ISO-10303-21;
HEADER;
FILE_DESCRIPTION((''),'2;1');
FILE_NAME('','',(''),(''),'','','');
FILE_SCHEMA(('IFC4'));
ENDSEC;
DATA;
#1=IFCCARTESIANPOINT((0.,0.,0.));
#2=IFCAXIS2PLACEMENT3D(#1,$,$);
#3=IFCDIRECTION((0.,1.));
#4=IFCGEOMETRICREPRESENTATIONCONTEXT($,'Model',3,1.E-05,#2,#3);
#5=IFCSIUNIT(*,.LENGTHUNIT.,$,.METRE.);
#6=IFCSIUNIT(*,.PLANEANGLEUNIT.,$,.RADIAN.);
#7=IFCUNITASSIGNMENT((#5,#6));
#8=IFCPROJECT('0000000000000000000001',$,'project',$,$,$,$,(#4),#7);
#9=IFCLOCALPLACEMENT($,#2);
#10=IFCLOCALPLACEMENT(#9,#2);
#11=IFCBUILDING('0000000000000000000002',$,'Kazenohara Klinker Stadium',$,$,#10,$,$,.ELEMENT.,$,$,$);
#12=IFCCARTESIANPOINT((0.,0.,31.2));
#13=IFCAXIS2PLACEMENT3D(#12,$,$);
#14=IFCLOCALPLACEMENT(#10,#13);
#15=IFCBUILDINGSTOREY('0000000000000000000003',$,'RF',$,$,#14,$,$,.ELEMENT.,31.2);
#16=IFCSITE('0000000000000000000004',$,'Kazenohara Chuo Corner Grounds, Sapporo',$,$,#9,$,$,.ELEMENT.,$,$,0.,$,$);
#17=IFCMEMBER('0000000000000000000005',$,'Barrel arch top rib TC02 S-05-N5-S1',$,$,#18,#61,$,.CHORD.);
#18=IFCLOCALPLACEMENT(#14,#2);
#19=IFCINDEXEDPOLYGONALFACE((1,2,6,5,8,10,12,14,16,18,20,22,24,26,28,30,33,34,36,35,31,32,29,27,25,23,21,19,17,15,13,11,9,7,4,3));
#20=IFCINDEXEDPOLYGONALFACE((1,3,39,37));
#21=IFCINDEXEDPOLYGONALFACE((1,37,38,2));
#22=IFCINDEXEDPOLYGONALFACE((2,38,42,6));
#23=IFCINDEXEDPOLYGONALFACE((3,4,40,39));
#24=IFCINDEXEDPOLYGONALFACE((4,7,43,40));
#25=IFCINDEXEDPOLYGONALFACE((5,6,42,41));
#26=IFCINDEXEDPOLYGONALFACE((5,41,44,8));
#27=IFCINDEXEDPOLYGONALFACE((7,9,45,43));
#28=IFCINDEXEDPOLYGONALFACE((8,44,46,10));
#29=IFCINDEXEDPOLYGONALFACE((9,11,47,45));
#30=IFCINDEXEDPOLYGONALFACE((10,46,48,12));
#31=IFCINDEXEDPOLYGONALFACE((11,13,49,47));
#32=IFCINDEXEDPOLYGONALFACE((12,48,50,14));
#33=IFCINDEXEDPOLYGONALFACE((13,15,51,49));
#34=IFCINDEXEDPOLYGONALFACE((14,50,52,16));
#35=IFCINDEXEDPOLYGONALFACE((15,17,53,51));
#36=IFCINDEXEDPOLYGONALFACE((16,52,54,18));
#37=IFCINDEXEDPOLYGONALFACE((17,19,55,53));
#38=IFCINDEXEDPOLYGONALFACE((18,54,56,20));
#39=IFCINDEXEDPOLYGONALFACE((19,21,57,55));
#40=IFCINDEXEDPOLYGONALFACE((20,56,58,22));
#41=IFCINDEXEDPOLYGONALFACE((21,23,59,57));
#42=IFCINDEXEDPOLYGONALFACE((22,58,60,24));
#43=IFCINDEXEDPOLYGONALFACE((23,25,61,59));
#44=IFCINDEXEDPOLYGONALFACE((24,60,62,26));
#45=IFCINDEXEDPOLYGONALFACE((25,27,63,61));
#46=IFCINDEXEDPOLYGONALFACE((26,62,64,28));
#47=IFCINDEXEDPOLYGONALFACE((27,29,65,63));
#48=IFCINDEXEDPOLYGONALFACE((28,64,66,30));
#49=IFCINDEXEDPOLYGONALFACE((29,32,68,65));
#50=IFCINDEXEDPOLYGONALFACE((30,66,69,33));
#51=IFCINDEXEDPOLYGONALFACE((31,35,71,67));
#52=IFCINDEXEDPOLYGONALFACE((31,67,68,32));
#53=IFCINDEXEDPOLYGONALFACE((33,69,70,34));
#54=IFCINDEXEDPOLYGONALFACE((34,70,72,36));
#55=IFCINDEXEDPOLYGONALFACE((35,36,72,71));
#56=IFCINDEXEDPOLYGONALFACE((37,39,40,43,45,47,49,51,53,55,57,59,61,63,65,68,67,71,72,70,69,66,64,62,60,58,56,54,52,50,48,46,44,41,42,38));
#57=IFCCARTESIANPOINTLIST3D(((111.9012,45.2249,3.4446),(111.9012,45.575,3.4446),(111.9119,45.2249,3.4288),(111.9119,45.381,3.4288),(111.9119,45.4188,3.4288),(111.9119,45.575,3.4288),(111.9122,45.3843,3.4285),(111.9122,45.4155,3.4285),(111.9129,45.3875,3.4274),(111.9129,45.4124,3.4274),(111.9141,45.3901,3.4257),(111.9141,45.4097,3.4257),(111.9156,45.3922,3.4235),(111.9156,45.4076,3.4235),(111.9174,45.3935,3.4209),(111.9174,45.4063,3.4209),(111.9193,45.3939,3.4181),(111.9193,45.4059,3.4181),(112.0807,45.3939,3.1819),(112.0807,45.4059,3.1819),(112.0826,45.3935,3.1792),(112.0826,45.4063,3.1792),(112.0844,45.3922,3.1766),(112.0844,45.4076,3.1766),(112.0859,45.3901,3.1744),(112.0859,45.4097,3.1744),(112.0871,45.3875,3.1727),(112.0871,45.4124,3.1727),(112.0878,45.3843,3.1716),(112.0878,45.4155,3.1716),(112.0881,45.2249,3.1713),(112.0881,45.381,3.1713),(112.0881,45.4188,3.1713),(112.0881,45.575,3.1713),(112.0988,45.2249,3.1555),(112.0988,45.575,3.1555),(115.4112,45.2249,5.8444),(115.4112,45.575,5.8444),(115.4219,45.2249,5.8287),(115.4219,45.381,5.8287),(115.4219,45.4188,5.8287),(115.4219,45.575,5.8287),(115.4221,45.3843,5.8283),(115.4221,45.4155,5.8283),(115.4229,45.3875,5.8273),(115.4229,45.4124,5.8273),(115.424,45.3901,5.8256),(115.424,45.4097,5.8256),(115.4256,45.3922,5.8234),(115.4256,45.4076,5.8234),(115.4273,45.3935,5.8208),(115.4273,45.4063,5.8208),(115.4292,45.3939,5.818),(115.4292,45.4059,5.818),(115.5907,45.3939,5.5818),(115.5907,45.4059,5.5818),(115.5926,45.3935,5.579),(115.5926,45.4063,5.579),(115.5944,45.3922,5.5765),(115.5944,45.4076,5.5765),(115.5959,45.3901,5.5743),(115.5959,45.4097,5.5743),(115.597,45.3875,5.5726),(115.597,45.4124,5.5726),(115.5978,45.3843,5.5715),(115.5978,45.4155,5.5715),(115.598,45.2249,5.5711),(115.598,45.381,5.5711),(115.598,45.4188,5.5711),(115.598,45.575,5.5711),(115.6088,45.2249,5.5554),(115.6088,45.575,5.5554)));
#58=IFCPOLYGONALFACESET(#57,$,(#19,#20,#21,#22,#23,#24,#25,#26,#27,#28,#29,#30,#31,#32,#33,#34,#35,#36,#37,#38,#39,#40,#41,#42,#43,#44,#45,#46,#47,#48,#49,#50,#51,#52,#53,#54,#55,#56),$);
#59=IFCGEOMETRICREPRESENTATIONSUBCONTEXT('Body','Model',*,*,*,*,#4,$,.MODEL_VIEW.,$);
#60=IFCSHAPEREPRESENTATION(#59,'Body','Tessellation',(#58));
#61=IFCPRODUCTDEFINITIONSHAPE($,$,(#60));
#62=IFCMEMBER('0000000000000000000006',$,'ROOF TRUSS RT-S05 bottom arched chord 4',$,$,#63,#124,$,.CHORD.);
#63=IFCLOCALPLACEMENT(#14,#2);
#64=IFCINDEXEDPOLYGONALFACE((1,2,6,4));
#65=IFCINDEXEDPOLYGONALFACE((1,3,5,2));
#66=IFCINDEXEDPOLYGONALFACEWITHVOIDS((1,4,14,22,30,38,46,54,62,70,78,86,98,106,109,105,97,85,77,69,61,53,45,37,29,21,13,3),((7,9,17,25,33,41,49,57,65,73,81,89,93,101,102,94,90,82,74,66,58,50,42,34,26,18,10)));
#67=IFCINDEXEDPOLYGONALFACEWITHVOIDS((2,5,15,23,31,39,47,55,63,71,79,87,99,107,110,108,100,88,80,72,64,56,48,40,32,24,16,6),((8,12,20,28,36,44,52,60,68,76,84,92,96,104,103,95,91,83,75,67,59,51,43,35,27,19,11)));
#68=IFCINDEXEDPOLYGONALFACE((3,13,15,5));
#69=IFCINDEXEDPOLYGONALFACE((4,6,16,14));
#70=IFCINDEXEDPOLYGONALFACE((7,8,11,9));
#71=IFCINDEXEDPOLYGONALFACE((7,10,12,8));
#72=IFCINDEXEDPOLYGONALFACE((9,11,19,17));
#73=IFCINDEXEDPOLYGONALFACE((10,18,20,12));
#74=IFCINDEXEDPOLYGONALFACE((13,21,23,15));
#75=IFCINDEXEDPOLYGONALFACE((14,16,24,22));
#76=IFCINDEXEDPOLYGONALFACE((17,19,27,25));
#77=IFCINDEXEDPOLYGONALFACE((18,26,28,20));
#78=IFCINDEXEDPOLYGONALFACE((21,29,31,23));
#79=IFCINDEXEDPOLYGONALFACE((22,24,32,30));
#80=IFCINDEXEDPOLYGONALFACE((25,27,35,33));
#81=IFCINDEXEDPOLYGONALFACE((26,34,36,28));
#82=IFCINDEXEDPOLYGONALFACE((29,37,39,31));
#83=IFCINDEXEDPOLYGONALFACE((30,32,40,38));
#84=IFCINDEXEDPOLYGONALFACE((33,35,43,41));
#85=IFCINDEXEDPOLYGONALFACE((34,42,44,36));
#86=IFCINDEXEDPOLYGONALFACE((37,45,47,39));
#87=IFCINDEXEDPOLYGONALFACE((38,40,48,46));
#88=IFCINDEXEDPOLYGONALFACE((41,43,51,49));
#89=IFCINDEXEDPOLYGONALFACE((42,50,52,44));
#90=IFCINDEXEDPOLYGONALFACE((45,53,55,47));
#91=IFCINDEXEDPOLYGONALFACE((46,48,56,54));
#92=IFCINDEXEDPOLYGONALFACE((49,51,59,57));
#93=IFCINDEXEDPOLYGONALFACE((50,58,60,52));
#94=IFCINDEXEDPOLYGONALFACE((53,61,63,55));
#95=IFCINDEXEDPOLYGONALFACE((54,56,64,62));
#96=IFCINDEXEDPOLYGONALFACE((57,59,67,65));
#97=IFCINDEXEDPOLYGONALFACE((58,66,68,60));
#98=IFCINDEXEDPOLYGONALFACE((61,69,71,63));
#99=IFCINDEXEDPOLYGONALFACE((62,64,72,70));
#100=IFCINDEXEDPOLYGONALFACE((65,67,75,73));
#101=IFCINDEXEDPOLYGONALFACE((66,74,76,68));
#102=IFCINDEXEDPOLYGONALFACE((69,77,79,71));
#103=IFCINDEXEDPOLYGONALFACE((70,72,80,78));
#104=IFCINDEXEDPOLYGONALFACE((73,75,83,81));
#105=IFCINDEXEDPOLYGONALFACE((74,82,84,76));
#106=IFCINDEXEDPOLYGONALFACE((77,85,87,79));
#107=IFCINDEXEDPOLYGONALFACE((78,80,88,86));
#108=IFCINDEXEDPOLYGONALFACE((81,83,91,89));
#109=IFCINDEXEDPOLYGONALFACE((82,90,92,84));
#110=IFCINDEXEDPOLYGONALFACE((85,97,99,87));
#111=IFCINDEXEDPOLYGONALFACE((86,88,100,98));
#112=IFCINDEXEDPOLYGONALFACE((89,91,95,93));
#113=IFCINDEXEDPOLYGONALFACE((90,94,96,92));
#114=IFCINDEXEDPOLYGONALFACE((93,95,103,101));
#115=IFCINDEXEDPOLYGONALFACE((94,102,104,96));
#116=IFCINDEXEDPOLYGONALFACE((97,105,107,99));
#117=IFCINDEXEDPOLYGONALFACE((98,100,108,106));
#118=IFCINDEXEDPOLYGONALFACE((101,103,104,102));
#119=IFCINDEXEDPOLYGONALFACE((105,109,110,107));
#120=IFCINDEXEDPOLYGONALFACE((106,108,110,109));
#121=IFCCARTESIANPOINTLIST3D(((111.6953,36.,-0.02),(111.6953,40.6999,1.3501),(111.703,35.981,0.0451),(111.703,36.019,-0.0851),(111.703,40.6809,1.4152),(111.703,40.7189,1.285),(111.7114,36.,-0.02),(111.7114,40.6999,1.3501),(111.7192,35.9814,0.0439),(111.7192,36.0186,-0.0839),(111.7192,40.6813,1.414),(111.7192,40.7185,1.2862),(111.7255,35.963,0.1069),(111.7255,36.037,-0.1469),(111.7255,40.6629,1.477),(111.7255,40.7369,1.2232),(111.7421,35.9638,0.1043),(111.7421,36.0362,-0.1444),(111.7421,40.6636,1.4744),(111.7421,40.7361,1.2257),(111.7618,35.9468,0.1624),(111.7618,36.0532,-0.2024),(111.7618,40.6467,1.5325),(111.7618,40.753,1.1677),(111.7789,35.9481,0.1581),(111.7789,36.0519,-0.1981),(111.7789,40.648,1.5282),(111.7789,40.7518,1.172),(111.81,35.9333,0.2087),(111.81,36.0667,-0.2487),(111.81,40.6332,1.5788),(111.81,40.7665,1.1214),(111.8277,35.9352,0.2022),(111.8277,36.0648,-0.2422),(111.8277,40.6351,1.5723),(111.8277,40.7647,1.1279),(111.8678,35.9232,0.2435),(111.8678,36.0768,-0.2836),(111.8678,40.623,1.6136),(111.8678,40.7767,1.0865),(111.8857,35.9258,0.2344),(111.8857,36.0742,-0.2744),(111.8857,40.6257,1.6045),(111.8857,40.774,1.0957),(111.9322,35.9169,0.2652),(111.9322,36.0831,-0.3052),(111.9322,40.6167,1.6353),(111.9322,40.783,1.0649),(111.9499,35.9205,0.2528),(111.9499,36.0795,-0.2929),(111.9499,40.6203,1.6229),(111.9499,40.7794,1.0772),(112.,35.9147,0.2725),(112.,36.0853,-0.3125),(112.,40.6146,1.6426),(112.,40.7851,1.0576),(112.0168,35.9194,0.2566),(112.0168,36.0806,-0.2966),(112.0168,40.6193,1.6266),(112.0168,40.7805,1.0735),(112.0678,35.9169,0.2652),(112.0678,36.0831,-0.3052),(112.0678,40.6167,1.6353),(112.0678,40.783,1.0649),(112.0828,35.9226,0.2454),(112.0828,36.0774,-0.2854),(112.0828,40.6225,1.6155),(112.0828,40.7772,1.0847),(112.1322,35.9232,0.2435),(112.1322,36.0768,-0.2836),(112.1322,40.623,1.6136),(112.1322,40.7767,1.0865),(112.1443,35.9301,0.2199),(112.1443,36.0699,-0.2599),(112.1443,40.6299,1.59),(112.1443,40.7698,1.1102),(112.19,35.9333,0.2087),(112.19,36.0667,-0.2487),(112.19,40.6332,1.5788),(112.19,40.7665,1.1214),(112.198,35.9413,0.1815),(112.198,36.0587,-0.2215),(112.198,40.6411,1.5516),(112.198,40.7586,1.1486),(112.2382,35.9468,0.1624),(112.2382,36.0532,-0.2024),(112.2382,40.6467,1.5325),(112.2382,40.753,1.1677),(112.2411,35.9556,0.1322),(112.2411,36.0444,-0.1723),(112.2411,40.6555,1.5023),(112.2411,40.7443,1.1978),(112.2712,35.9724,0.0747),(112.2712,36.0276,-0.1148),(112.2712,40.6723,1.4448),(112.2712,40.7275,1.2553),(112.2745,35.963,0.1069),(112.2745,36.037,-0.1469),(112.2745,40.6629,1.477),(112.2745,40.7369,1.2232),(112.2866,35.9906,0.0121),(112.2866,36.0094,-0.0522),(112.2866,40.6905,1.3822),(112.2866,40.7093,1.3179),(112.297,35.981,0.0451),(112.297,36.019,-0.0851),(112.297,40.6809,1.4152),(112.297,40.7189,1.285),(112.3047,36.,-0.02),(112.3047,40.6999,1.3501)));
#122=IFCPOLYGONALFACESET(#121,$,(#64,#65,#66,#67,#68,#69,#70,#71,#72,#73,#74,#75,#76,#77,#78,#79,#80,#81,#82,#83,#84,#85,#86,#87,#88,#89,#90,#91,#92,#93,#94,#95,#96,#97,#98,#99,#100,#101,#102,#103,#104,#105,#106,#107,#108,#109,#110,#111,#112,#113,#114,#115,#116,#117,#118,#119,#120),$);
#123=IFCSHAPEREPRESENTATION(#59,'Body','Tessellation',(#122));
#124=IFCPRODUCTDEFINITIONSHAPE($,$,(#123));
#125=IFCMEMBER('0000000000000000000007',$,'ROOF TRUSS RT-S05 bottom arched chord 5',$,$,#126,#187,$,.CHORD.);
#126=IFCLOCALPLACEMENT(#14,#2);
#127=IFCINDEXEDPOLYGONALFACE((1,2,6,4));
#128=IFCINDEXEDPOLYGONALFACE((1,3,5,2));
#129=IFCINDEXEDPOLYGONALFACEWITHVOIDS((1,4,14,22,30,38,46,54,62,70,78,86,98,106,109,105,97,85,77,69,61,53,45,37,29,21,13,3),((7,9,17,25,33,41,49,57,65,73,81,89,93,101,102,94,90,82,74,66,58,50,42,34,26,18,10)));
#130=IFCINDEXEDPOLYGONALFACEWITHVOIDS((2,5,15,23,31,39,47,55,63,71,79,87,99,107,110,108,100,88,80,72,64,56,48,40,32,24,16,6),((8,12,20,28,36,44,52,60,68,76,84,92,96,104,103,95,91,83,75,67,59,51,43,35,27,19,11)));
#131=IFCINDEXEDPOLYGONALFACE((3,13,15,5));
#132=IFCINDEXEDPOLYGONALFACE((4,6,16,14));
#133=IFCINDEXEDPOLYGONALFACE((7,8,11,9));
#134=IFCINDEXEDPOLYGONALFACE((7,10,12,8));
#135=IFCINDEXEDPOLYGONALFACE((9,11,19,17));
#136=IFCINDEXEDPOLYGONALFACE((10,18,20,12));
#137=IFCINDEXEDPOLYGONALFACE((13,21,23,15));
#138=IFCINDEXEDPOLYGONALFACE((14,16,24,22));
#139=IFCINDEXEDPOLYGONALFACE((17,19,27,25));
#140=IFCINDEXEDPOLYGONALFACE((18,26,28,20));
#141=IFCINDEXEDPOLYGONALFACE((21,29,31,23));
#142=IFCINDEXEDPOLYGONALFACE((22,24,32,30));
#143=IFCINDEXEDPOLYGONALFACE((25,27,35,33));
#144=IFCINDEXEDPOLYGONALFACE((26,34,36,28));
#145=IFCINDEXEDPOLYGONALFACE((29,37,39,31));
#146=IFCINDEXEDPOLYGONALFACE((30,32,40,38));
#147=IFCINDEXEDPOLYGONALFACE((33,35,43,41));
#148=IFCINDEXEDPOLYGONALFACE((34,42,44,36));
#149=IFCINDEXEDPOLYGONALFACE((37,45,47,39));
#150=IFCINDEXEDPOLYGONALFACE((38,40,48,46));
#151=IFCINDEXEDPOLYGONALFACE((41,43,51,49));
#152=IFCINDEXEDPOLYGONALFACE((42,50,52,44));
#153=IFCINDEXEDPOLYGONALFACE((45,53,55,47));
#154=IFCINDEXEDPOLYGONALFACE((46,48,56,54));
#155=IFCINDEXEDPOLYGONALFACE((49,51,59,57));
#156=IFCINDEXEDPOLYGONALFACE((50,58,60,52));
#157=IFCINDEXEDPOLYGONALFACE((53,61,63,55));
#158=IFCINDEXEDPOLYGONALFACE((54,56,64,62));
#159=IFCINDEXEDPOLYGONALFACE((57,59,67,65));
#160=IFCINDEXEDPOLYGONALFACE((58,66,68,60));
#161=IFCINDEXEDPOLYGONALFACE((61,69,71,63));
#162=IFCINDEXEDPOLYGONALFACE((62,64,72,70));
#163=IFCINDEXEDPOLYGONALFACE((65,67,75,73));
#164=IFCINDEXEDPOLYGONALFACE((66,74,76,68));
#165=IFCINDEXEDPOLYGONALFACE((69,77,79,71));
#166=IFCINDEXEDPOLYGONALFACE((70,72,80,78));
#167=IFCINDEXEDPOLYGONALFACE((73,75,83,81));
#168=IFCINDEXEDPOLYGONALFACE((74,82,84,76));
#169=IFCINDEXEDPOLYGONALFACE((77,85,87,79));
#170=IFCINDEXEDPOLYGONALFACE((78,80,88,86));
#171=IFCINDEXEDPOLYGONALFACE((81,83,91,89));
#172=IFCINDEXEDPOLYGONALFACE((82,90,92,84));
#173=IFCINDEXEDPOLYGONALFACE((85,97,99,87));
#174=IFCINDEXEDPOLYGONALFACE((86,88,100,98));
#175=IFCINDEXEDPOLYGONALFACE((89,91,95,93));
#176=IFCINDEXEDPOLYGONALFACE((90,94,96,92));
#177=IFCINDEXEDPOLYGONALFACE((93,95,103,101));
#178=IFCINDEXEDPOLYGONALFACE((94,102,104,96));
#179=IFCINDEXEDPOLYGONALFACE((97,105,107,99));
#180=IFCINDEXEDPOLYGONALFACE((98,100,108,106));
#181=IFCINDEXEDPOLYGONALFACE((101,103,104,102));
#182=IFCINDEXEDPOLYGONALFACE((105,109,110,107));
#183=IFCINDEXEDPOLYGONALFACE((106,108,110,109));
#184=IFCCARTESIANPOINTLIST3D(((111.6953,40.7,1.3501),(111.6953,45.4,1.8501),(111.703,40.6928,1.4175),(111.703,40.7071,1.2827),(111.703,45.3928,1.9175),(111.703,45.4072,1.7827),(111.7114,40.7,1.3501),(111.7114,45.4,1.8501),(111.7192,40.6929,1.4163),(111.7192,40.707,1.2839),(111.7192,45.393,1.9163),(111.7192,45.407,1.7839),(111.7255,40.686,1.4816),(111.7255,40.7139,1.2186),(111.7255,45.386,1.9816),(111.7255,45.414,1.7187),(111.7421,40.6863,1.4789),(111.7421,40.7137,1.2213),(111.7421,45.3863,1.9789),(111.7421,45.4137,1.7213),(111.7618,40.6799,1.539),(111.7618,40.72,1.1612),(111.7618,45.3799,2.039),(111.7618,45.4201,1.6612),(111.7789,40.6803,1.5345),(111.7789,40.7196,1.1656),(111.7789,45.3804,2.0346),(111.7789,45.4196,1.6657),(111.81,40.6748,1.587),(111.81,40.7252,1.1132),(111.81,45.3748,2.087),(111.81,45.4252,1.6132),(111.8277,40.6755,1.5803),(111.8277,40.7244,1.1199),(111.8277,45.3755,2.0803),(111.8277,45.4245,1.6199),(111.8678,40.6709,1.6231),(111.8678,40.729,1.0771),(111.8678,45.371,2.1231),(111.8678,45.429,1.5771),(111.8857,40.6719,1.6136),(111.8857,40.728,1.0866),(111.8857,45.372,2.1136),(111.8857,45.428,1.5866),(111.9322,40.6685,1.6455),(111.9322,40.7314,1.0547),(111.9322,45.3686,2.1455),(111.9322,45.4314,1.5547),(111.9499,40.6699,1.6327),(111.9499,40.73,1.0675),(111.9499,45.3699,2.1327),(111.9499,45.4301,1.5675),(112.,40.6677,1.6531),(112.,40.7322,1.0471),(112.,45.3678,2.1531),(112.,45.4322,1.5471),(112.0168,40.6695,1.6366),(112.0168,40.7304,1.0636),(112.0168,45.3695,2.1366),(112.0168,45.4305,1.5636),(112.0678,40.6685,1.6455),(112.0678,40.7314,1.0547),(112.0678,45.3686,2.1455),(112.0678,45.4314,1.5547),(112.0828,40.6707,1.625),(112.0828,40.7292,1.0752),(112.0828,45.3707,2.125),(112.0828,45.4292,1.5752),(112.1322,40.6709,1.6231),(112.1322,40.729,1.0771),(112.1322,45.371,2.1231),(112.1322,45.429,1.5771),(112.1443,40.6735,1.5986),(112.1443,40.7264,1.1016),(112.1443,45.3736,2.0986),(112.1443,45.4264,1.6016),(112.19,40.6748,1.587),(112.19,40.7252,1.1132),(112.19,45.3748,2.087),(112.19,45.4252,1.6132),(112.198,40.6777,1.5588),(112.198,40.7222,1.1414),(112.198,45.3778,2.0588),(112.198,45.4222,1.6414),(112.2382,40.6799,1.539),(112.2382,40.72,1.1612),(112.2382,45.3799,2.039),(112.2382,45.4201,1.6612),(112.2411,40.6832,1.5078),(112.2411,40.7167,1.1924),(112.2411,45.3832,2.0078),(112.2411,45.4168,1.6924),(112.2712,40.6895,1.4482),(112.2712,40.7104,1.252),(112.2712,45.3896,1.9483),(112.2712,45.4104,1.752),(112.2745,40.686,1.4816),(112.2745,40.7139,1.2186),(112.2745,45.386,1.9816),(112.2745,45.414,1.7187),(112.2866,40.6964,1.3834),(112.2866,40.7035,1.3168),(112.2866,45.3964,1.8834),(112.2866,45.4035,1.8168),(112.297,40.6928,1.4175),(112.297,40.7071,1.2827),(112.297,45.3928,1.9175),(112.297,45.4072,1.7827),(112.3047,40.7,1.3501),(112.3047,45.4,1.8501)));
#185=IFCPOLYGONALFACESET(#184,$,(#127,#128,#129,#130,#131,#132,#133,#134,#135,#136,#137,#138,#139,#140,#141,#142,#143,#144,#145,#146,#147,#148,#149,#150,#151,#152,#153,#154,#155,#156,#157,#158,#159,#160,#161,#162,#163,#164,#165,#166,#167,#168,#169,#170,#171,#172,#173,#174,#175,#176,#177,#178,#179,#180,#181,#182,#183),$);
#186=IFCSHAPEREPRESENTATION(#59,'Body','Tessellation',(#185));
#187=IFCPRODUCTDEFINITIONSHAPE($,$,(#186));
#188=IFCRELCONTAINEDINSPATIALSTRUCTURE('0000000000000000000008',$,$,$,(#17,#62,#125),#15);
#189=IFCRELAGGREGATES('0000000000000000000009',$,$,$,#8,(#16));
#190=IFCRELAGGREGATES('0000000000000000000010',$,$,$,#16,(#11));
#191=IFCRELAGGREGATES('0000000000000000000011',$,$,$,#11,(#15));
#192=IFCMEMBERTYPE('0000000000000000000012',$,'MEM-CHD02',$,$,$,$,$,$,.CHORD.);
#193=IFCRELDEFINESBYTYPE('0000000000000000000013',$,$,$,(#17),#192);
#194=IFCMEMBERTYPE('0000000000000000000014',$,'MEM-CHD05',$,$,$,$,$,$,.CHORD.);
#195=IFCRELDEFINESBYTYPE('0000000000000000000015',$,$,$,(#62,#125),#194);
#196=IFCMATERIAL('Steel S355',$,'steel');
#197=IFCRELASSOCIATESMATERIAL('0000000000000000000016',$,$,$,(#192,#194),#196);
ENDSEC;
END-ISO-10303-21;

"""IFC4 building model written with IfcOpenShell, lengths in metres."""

from ifc_helpers import new_model, si_unit, direction, frame, origin, origin_2d, place, context, subcontext, project, spatial, hollow_circle, i_section, extrude, material, material_profile, profile_set, type_object, element, save


model = new_model("IFC4")

# Units and contexts
model_context = context("Model", 3, precision=1e-05, world=origin(), true_north=direction((0.0, 1.0)))
body_context = subcontext(model_context, "Body", "Model", "MODEL_VIEW")
ifc_project = project(units=[si_unit("LENGTHUNIT", "METRE"), si_unit("PLANEANGLEUNIT", "RADIAN")], contexts=[model_context])

# Site, building, storey
site_placement = place(None, origin())
site = spatial("IfcSite", under=ifc_project, at=site_placement, Name="Kazenohara Chuo Corner Grounds, Sapporo", CompositionType="ELEMENT", RefElevation=0.0)
building_placement = place(site_placement, origin())
building = spatial("IfcBuilding", under=site, at=building_placement, Name="Kazenohara Klinker Stadium", CompositionType="ELEMENT")
storey_placement = place(building_placement, frame((0.0, 0.0, 31.2)))
storey = spatial("IfcBuildingStorey", under=building, at=storey_placement, Name="RF", CompositionType="ELEMENT", Elevation=31.2)

# Members
ifc_material_1 = material(Name="Steel S355", Category="steel")
ifc_material_profile_1 = material_profile(ifc_material_1, i_section(OverallWidth=0.3501, OverallDepth=0.3501, WebThickness=0.012, FlangeThickness=0.019, FilletRadius=0.0129, at=origin_2d()), Name="H-350x350x12x19")
ifc_profile_set_1 = profile_set([ifc_material_profile_1], Name="Steel S355")
member_type_1 = type_object("IfcMemberType", Name="MEM-CHD02", PredefinedType="CHORD", material=ifc_profile_set_1)
member_1_placement = place(storey_placement, frame((112.0, 45.3999, 3.3), z_axis=(0.825492, 0.0, 0.564414), x_axis=(0.0, 1.0, 0.0)))
element("IfcMember", 1, at=member_1_placement, inside=storey, type_object=member_type_1, Name="Barrel arch top rib TC02 S-05-N5-S1", PredefinedType="CHORD", context=body_context, shape_type="SweptSolid", body=[
    extrude(i_section(OverallWidth=0.3501, OverallDepth=0.3501, WebThickness=0.012, FlangeThickness=0.019, FilletRadius=0.0129, at=origin_2d()), origin(), (0.0, 0.0, 1.0), 4.252),
])
ifc_material_profile_2 = material_profile(ifc_material_1, hollow_circle(Radius=0.3047, WallThickness=0.0161, at=origin_2d()), Name="CHS-609.6x16")
ifc_profile_set_2 = profile_set([ifc_material_profile_2], Name="Steel S355")
member_type_2 = type_object("IfcMemberType", Name="MEM-CHD05", PredefinedType="CHORD", material=ifc_profile_set_2)
member_2_placement = place(storey_placement, frame((112.0, 36.0, -0.02), z_axis=(0.0, 0.960039, 0.279868), x_axis=(-1.0, 0.0, 0.0)))
element("IfcMember", 2, at=member_2_placement, inside=storey, type_object=member_type_2, Name="ROOF TRUSS RT-S05 bottom arched chord 4", PredefinedType="CHORD", context=body_context, shape_type="SweptSolid", body=[
    extrude(hollow_circle(Radius=0.3047, WallThickness=0.0161, at=origin_2d()), origin(), (0.0, 0.0, 1.0), 4.8955),
])
member_3_placement = place(storey_placement, frame((112.0, 40.7, 1.3501), z_axis=(0.0, 0.994389, 0.105787), x_axis=(-1.0, 0.0, 0.0)))
element("IfcMember", 3, at=member_3_placement, inside=storey, type_object=member_type_2, Name="ROOF TRUSS RT-S05 bottom arched chord 5", PredefinedType="CHORD", context=body_context, shape_type="SweptSolid", body=[
    extrude(hollow_circle(Radius=0.3047, WallThickness=0.0161, at=origin_2d()), origin(), (0.0, 0.0, 1.0), 4.7266),
])

save(model, "model.ifc")
